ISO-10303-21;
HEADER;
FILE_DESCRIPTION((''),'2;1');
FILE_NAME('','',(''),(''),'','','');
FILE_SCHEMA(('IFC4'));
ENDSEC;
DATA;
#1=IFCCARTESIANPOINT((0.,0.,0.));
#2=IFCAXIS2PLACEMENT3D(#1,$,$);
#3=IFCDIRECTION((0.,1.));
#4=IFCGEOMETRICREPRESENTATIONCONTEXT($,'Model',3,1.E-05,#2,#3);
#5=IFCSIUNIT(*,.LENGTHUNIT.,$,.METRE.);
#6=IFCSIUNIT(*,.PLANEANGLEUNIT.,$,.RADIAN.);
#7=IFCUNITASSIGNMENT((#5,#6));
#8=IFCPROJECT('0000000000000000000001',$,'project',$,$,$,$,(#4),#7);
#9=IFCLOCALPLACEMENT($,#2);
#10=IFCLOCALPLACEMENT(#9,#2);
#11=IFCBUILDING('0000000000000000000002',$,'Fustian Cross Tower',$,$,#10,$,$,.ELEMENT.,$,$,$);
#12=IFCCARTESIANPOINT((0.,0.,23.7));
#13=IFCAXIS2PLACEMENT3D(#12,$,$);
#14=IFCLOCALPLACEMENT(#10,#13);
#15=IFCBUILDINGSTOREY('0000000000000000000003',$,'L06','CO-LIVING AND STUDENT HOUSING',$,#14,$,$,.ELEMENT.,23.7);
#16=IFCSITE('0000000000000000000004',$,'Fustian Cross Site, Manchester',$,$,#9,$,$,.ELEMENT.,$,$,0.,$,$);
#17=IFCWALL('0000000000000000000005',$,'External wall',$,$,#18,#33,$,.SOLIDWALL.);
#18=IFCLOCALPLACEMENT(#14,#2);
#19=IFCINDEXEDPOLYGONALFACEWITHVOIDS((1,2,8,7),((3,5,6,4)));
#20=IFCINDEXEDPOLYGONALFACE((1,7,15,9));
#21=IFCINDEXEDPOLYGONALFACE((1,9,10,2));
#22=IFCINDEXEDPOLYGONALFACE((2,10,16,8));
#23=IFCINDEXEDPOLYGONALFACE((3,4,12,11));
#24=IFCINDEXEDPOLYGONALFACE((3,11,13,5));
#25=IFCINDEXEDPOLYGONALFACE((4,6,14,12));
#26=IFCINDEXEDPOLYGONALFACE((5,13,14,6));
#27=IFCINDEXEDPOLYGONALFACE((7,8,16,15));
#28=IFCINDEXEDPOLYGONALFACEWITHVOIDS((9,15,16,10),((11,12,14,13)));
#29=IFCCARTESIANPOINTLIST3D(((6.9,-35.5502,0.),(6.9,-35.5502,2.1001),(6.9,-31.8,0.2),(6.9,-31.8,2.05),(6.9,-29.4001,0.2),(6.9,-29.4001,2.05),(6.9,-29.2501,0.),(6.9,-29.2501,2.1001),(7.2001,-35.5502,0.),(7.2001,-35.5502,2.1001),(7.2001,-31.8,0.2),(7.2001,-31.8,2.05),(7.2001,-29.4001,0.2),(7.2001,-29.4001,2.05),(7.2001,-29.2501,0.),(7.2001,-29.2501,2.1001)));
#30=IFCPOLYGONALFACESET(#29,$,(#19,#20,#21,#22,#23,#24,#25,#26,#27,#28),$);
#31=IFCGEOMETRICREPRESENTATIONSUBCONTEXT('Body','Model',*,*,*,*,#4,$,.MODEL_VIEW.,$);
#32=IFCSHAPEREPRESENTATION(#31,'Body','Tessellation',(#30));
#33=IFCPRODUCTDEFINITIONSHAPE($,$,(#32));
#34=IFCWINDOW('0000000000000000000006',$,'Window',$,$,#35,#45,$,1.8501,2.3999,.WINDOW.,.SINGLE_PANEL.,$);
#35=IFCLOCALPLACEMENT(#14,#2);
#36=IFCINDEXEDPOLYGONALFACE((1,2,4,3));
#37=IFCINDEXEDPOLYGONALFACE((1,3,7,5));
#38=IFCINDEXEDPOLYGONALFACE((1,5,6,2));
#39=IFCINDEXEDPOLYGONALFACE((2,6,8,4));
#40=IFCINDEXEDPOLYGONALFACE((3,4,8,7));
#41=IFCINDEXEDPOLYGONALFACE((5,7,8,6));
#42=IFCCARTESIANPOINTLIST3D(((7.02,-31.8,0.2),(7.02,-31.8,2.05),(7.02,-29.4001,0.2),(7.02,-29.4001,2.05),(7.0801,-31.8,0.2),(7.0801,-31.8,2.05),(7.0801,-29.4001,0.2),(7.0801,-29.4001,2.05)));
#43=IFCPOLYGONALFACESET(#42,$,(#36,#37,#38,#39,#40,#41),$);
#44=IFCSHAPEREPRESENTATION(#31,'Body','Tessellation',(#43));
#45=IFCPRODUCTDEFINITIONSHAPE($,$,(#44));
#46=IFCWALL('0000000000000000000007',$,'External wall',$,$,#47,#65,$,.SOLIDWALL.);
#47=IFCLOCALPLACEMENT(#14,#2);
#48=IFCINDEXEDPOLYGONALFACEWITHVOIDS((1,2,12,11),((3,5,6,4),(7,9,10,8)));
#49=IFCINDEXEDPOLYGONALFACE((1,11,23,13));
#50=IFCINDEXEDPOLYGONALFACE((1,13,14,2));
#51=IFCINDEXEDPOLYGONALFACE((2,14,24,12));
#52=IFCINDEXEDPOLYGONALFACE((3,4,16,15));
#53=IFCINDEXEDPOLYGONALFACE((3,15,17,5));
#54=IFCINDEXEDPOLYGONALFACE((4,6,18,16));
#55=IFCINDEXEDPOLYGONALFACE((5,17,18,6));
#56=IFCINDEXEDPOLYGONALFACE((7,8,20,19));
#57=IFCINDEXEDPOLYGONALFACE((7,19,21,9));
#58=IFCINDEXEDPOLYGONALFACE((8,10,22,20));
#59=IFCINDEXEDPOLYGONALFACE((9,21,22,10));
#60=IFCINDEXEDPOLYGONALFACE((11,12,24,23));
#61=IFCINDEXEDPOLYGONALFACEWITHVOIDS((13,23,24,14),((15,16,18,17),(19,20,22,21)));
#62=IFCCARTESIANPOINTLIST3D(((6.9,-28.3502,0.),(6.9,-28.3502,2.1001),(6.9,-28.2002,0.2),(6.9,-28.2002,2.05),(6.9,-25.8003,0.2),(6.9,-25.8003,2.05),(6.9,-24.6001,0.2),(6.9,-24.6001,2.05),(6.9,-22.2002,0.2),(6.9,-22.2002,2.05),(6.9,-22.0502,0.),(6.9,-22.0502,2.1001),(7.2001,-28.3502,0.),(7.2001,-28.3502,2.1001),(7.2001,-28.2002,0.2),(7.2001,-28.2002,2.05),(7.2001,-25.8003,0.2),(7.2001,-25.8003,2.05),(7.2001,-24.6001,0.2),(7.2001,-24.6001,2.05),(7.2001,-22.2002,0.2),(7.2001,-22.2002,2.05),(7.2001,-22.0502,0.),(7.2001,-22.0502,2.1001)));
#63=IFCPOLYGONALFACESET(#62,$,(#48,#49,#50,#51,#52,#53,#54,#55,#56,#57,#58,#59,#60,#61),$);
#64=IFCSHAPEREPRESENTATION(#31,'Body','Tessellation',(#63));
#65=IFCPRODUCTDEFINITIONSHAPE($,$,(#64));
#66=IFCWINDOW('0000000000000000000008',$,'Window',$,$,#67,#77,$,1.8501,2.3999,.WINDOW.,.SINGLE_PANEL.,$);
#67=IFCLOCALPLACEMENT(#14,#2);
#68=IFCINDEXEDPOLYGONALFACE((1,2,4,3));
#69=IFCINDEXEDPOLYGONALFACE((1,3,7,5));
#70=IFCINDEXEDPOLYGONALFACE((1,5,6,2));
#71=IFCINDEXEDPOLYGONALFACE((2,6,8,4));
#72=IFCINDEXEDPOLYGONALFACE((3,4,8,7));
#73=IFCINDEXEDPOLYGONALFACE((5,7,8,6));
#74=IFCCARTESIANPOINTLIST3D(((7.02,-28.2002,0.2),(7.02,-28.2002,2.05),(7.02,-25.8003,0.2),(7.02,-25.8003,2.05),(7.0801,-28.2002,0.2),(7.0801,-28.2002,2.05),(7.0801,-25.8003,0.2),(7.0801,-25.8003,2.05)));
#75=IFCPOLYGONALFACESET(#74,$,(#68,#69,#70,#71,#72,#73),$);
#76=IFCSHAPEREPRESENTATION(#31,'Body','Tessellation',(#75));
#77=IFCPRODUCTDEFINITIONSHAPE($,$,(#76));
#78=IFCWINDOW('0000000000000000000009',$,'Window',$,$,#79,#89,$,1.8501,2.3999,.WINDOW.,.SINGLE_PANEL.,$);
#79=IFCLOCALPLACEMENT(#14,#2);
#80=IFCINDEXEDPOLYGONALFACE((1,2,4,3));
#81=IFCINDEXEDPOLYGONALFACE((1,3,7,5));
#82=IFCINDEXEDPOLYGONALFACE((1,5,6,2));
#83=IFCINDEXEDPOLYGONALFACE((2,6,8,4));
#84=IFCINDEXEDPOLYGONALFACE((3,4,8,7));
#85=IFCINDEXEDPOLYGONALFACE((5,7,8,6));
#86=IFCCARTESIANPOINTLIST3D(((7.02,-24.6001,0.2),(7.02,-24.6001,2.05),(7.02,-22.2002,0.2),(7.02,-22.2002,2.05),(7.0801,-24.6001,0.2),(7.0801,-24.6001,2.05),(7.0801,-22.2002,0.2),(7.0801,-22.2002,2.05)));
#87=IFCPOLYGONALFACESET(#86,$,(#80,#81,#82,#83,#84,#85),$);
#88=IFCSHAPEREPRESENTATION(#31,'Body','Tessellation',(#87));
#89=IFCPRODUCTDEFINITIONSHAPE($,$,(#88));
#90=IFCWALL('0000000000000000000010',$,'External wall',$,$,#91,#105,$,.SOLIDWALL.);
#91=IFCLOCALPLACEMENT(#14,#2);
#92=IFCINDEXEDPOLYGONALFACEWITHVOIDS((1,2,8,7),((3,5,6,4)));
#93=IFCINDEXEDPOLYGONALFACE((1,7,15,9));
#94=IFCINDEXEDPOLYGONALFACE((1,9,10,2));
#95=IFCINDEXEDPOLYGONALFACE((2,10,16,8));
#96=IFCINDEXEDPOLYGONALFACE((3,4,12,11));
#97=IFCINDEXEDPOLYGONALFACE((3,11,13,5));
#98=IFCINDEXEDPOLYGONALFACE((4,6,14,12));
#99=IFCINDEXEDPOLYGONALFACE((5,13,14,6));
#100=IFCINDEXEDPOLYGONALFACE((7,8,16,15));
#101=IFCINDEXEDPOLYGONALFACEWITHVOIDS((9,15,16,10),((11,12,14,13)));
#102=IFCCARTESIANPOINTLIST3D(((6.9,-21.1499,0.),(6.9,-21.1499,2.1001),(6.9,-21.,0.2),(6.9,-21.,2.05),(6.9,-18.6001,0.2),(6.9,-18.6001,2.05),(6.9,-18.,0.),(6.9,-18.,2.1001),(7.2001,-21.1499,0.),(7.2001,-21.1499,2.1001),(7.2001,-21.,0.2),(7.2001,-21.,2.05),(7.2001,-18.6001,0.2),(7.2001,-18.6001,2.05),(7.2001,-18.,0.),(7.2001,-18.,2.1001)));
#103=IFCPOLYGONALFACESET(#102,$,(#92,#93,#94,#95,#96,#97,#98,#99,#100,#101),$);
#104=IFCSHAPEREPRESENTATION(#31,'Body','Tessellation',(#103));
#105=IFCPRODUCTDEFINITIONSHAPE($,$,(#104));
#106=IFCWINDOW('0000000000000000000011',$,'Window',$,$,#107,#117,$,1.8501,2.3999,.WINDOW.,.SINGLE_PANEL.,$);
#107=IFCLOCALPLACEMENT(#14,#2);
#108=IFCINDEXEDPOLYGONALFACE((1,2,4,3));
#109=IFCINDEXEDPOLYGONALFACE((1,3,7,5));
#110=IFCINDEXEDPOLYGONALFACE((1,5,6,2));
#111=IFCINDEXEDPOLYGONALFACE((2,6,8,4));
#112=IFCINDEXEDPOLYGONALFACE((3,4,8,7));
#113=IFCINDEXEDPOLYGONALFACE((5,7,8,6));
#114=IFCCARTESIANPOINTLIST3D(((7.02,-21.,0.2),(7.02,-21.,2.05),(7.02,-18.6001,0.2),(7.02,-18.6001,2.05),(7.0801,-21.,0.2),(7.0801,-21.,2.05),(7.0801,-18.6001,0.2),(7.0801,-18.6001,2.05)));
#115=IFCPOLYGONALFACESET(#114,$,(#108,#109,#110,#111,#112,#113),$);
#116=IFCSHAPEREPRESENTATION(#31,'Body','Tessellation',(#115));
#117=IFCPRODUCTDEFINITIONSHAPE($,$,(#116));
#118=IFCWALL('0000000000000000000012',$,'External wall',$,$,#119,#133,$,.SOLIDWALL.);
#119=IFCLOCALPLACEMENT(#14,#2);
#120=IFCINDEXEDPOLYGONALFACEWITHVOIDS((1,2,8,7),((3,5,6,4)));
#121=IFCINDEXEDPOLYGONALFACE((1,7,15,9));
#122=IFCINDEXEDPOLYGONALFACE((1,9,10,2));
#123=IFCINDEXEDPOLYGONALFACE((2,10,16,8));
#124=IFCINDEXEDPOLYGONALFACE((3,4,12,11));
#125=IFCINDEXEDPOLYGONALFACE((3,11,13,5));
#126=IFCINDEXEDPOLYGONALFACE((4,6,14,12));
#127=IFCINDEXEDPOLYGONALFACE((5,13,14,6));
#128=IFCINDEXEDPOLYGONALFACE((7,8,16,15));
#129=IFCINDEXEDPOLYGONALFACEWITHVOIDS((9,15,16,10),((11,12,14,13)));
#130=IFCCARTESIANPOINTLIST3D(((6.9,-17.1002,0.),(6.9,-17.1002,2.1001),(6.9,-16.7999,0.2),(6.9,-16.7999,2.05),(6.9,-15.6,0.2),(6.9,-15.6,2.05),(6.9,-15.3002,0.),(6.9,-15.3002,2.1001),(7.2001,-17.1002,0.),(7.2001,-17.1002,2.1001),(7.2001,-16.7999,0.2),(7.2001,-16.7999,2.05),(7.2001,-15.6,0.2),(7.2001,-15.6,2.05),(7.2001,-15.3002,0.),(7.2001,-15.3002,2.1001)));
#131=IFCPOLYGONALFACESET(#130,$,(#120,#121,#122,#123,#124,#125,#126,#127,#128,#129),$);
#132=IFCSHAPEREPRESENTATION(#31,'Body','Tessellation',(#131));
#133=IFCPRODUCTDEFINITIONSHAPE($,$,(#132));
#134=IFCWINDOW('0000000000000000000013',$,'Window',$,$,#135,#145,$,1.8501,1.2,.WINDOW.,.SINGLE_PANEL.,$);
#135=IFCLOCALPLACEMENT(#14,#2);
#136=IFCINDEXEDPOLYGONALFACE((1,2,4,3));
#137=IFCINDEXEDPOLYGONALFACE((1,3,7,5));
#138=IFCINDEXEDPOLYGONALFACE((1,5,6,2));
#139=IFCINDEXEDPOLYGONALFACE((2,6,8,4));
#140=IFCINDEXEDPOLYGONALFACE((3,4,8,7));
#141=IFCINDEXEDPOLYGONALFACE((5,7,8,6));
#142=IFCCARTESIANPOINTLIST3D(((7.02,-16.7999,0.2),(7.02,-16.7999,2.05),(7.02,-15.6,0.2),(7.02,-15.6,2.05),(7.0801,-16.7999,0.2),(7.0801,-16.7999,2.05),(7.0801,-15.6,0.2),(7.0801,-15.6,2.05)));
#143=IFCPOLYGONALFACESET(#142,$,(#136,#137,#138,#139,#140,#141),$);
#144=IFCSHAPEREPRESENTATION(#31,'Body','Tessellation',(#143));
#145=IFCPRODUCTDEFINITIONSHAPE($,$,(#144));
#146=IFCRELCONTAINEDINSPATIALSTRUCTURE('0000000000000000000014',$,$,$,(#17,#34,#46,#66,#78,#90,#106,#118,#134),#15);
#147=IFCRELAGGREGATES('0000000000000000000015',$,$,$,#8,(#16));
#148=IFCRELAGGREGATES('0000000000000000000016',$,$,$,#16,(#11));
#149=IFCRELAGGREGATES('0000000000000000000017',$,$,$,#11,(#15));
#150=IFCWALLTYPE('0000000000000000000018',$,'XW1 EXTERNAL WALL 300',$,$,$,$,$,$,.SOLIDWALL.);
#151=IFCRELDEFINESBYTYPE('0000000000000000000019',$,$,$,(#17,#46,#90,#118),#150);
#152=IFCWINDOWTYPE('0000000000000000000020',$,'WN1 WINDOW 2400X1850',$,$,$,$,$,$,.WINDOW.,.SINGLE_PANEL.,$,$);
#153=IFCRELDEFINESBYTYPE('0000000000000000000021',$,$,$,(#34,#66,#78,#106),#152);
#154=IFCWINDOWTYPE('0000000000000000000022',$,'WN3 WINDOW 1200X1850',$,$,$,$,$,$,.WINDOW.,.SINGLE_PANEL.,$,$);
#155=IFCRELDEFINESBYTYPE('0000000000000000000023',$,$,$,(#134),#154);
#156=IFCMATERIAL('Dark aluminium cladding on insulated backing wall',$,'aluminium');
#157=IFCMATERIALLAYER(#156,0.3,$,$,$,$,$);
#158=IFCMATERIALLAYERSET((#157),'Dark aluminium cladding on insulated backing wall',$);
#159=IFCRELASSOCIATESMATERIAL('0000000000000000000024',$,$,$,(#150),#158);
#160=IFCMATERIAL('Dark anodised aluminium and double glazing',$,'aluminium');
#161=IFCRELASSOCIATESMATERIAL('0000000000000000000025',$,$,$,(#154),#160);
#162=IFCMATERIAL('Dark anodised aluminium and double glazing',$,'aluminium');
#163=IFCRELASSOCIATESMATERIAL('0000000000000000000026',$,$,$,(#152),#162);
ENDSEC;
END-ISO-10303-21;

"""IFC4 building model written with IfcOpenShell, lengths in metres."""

from ifc_helpers import new_model, si_unit, direction, frame, frame_2d, origin, place, context, subcontext, project, spatial, rectangle, extrude, material, layer, layer_set, type_object, element, fill, save


model = new_model("IFC4")

# Units and contexts
model_context = context("Model", 3, precision=1e-05, world=origin(), true_north=direction((0.0, 1.0)))
body_context = subcontext(model_context, "Body", "Model", "MODEL_VIEW")
ifc_project = project(units=[si_unit("LENGTHUNIT", "METRE"), si_unit("PLANEANGLEUNIT", "RADIAN")], contexts=[model_context])

# Site, building, storey
site_placement = place(None, origin())
site = spatial("IfcSite", under=ifc_project, at=site_placement, Name="Fustian Cross Site, Manchester", CompositionType="ELEMENT", RefElevation=0.0)
building_placement = place(site_placement, origin())
building = spatial("IfcBuilding", under=site, at=building_placement, Name="Fustian Cross Tower", CompositionType="ELEMENT")
storey_placement = place(building_placement, frame((0.0, 0.0, 23.7)))
storey = spatial("IfcBuildingStorey", under=building, at=storey_placement, Name="L06", Description="CO-LIVING AND STUDENT HOUSING", CompositionType="ELEMENT", Elevation=23.7)

# Shared definitions
ifc_material_1 = material(Name="Dark aluminium cladding on insulated backing wall", Category="aluminium")
ifc_layer_1 = layer(ifc_material_1, 0.3)
ifc_layer_set_1 = layer_set([ifc_layer_1], Name="Dark aluminium cladding on insulated backing wall")
wall_type_1 = type_object("IfcWallType", Name="XW1 EXTERNAL WALL 300", PredefinedType="SOLIDWALL", material=ifc_layer_set_1)

# Wall, opening, window
ifc_material_2 = material(Name="Dark anodised aluminium and double glazing", Category="aluminium")
window_type_1 = type_object("IfcWindowType", Name="WN3 WINDOW 1200X1850", PartitioningType="SINGLE_PANEL", PredefinedType="WINDOW", material=ifc_material_2)
wall_1_placement = place(storey_placement, frame((7.05, -35.55, 0.0), z_axis=(0.0, 0.0, 1.0), x_axis=(0.0, 1.0, 0.0)))
wall_1 = element("IfcWall", 1, at=wall_1_placement, inside=storey, type_object=wall_type_1, Name="External wall", PredefinedType="SOLIDWALL", context=body_context, shape_type="SweptSolid", body=[
    extrude(rectangle(XDim=6.3, YDim=0.3, at=frame_2d((3.1499, 0.0))), origin(), (0.0, 0.0, 1.0), 2.1001),
])
opening_1_placement = place(wall_1_placement, frame((3.75, 0.0, 0.2)))
opening_1 = element("IfcOpeningElement", 2, at=opening_1_placement, cuts=wall_1, PredefinedType="OPENING", context=body_context, shape_type="SweptSolid", body=[
    extrude(rectangle(XDim=2.3999, YDim=1.8501, at=frame_2d((1.2, 0.925))), frame((0.0, 0.1599, 0.0), z_axis=(0.0, -1.0, 0.0), x_axis=(1.0, 0.0, 0.0)), (0.0, 0.0, 1.0), 0.3201),
])
ifc_material_3 = material(Name="Dark anodised aluminium and double glazing", Category="aluminium")
window_type_2 = type_object("IfcWindowType", Name="WN1 WINDOW 2400X1850", PartitioningType="SINGLE_PANEL", PredefinedType="WINDOW", material=ifc_material_3)
window_1_placement = place(opening_1_placement, origin())
window_1 = element("IfcWindow", 3, at=window_1_placement, inside=storey, type_object=window_type_2, Name="Window", OverallHeight=1.8501, OverallWidth=2.3999, PartitioningType="SINGLE_PANEL", PredefinedType="WINDOW", context=body_context, shape_type="SweptSolid", body=[
    extrude(rectangle(XDim=2.3999, YDim=1.8501, at=frame_2d((1.2, 0.925))), frame((0.0, 0.03, 0.0), z_axis=(0.0, -1.0, 0.0), x_axis=(1.0, 0.0, 0.0)), (0.0, 0.0, 1.0), 0.0601),
])
fill(opening_1, window_1)

# Wall, openings, windows
wall_2_placement = place(storey_placement, frame((7.05, -28.3501, 0.0), z_axis=(0.0, 0.0, 1.0), x_axis=(0.0, 1.0, 0.0)))
wall_2 = element("IfcWall", 4, at=wall_2_placement, inside=storey, type_object=wall_type_1, Name="External wall", PredefinedType="SOLIDWALL", context=body_context, shape_type="SweptSolid", body=[
    extrude(rectangle(XDim=6.3, YDim=0.3, at=frame_2d((3.1499, 0.0))), origin(), (0.0, 0.0, 1.0), 2.1001),
])
opening_2_placement = place(wall_2_placement, frame((0.1499, 0.0, 0.2)))
opening_2 = element("IfcOpeningElement", 5, at=opening_2_placement, cuts=wall_2, PredefinedType="OPENING", context=body_context, shape_type="SweptSolid", body=[
    extrude(rectangle(XDim=2.3999, YDim=1.8501, at=frame_2d((1.2, 0.925))), frame((0.0, 0.1599, 0.0), z_axis=(0.0, -1.0, 0.0), x_axis=(1.0, 0.0, 0.0)), (0.0, 0.0, 1.0), 0.3201),
])
opening_3_placement = place(wall_2_placement, frame((3.75, 0.0, 0.2)))
opening_3 = element("IfcOpeningElement", 6, at=opening_3_placement, cuts=wall_2, PredefinedType="OPENING", context=body_context, shape_type="SweptSolid", body=[
    extrude(rectangle(XDim=2.3999, YDim=1.8501, at=frame_2d((1.2, 0.925))), frame((0.0, 0.1599, 0.0), z_axis=(0.0, -1.0, 0.0), x_axis=(1.0, 0.0, 0.0)), (0.0, 0.0, 1.0), 0.3201),
])
window_2_placement = place(opening_2_placement, origin())
window_2 = element("IfcWindow", 7, at=window_2_placement, inside=storey, type_object=window_type_2, Name="Window", OverallHeight=1.8501, OverallWidth=2.3999, PartitioningType="SINGLE_PANEL", PredefinedType="WINDOW", context=body_context, shape_type="SweptSolid", body=[
    extrude(rectangle(XDim=2.3999, YDim=1.8501, at=frame_2d((1.2, 0.925))), frame((0.0, 0.03, 0.0), z_axis=(0.0, -1.0, 0.0), x_axis=(1.0, 0.0, 0.0)), (0.0, 0.0, 1.0), 0.0601),
])
fill(opening_2, window_2)
window_3_placement = place(opening_3_placement, origin())
window_3 = element("IfcWindow", 8, at=window_3_placement, inside=storey, type_object=window_type_2, Name="Window", OverallHeight=1.8501, OverallWidth=2.3999, PartitioningType="SINGLE_PANEL", PredefinedType="WINDOW", context=body_context, shape_type="SweptSolid", body=[
    extrude(rectangle(XDim=2.3999, YDim=1.8501, at=frame_2d((1.2, 0.925))), frame((0.0, 0.03, 0.0), z_axis=(0.0, -1.0, 0.0), x_axis=(1.0, 0.0, 0.0)), (0.0, 0.0, 1.0), 0.0601),
])
fill(opening_3, window_3)

# Walls, openings, windows
wall_3_placement = place(storey_placement, frame((7.05, -21.1499, 0.0), z_axis=(0.0, 0.0, 1.0), x_axis=(0.0, 1.0, 0.0)))
wall_3 = element("IfcWall", 9, at=wall_3_placement, inside=storey, type_object=wall_type_1, Name="External wall", PredefinedType="SOLIDWALL", context=body_context, shape_type="SweptSolid", body=[
    extrude(rectangle(XDim=3.1499, YDim=0.3, at=frame_2d((1.575, 0.0))), origin(), (0.0, 0.0, 1.0), 2.1001),
])
opening_4_placement = place(wall_3_placement, frame((0.1499, 0.0, 0.2)))
opening_4 = element("IfcOpeningElement", 10, at=opening_4_placement, cuts=wall_3, PredefinedType="OPENING", context=body_context, shape_type="SweptSolid", body=[
    extrude(rectangle(XDim=2.3999, YDim=1.8501, at=frame_2d((1.2, 0.925))), frame((0.0, 0.1599, 0.0), z_axis=(0.0, -1.0, 0.0), x_axis=(1.0, 0.0, 0.0)), (0.0, 0.0, 1.0), 0.3201),
])
window_4_placement = place(opening_4_placement, origin())
window_4 = element("IfcWindow", 11, at=window_4_placement, inside=storey, type_object=window_type_2, Name="Window", OverallHeight=1.8501, OverallWidth=2.3999, PartitioningType="SINGLE_PANEL", PredefinedType="WINDOW", context=body_context, shape_type="SweptSolid", body=[
    extrude(rectangle(XDim=2.3999, YDim=1.8501, at=frame_2d((1.2, 0.925))), frame((0.0, 0.03, 0.0), z_axis=(0.0, -1.0, 0.0), x_axis=(1.0, 0.0, 0.0)), (0.0, 0.0, 1.0), 0.0601),
])
fill(opening_4, window_4)
wall_4_placement = place(storey_placement, frame((7.05, -17.1001, 0.0), z_axis=(0.0, 0.0, 1.0), x_axis=(0.0, 1.0, 0.0)))
wall_4 = element("IfcWall", 12, at=wall_4_placement, inside=storey, type_object=wall_type_1, Name="External wall", PredefinedType="SOLIDWALL", context=body_context, shape_type="SweptSolid", body=[
    extrude(rectangle(XDim=1.8, YDim=0.3, at=frame_2d((0.8999, 0.0))), origin(), (0.0, 0.0, 1.0), 2.1001),
])
opening_5_placement = place(wall_4_placement, frame((0.3, 0.0, 0.2)))
opening_5 = element("IfcOpeningElement", 13, at=opening_5_placement, cuts=wall_4, PredefinedType="OPENING", context=body_context, shape_type="SweptSolid", body=[
    extrude(rectangle(XDim=1.2, YDim=1.8501, at=frame_2d((0.6001, 0.925))), frame((0.0, 0.1599, 0.0), z_axis=(0.0, -1.0, 0.0), x_axis=(1.0, 0.0, 0.0)), (0.0, 0.0, 1.0), 0.3201),
])
window_5_placement = place(opening_5_placement, origin())
window_5 = element("IfcWindow", 14, at=window_5_placement, inside=storey, type_object=window_type_1, Name="Window", OverallHeight=1.8501, OverallWidth=1.2, PartitioningType="SINGLE_PANEL", PredefinedType="WINDOW", context=body_context, shape_type="SweptSolid", body=[
    extrude(rectangle(XDim=1.2, YDim=1.8501, at=frame_2d((0.6001, 0.925))), frame((0.0, 0.03, 0.0), z_axis=(0.0, -1.0, 0.0), x_axis=(1.0, 0.0, 0.0)), (0.0, 0.0, 1.0), 0.0601),
])
fill(opening_5, window_5)

save(model, "model.ifc")
